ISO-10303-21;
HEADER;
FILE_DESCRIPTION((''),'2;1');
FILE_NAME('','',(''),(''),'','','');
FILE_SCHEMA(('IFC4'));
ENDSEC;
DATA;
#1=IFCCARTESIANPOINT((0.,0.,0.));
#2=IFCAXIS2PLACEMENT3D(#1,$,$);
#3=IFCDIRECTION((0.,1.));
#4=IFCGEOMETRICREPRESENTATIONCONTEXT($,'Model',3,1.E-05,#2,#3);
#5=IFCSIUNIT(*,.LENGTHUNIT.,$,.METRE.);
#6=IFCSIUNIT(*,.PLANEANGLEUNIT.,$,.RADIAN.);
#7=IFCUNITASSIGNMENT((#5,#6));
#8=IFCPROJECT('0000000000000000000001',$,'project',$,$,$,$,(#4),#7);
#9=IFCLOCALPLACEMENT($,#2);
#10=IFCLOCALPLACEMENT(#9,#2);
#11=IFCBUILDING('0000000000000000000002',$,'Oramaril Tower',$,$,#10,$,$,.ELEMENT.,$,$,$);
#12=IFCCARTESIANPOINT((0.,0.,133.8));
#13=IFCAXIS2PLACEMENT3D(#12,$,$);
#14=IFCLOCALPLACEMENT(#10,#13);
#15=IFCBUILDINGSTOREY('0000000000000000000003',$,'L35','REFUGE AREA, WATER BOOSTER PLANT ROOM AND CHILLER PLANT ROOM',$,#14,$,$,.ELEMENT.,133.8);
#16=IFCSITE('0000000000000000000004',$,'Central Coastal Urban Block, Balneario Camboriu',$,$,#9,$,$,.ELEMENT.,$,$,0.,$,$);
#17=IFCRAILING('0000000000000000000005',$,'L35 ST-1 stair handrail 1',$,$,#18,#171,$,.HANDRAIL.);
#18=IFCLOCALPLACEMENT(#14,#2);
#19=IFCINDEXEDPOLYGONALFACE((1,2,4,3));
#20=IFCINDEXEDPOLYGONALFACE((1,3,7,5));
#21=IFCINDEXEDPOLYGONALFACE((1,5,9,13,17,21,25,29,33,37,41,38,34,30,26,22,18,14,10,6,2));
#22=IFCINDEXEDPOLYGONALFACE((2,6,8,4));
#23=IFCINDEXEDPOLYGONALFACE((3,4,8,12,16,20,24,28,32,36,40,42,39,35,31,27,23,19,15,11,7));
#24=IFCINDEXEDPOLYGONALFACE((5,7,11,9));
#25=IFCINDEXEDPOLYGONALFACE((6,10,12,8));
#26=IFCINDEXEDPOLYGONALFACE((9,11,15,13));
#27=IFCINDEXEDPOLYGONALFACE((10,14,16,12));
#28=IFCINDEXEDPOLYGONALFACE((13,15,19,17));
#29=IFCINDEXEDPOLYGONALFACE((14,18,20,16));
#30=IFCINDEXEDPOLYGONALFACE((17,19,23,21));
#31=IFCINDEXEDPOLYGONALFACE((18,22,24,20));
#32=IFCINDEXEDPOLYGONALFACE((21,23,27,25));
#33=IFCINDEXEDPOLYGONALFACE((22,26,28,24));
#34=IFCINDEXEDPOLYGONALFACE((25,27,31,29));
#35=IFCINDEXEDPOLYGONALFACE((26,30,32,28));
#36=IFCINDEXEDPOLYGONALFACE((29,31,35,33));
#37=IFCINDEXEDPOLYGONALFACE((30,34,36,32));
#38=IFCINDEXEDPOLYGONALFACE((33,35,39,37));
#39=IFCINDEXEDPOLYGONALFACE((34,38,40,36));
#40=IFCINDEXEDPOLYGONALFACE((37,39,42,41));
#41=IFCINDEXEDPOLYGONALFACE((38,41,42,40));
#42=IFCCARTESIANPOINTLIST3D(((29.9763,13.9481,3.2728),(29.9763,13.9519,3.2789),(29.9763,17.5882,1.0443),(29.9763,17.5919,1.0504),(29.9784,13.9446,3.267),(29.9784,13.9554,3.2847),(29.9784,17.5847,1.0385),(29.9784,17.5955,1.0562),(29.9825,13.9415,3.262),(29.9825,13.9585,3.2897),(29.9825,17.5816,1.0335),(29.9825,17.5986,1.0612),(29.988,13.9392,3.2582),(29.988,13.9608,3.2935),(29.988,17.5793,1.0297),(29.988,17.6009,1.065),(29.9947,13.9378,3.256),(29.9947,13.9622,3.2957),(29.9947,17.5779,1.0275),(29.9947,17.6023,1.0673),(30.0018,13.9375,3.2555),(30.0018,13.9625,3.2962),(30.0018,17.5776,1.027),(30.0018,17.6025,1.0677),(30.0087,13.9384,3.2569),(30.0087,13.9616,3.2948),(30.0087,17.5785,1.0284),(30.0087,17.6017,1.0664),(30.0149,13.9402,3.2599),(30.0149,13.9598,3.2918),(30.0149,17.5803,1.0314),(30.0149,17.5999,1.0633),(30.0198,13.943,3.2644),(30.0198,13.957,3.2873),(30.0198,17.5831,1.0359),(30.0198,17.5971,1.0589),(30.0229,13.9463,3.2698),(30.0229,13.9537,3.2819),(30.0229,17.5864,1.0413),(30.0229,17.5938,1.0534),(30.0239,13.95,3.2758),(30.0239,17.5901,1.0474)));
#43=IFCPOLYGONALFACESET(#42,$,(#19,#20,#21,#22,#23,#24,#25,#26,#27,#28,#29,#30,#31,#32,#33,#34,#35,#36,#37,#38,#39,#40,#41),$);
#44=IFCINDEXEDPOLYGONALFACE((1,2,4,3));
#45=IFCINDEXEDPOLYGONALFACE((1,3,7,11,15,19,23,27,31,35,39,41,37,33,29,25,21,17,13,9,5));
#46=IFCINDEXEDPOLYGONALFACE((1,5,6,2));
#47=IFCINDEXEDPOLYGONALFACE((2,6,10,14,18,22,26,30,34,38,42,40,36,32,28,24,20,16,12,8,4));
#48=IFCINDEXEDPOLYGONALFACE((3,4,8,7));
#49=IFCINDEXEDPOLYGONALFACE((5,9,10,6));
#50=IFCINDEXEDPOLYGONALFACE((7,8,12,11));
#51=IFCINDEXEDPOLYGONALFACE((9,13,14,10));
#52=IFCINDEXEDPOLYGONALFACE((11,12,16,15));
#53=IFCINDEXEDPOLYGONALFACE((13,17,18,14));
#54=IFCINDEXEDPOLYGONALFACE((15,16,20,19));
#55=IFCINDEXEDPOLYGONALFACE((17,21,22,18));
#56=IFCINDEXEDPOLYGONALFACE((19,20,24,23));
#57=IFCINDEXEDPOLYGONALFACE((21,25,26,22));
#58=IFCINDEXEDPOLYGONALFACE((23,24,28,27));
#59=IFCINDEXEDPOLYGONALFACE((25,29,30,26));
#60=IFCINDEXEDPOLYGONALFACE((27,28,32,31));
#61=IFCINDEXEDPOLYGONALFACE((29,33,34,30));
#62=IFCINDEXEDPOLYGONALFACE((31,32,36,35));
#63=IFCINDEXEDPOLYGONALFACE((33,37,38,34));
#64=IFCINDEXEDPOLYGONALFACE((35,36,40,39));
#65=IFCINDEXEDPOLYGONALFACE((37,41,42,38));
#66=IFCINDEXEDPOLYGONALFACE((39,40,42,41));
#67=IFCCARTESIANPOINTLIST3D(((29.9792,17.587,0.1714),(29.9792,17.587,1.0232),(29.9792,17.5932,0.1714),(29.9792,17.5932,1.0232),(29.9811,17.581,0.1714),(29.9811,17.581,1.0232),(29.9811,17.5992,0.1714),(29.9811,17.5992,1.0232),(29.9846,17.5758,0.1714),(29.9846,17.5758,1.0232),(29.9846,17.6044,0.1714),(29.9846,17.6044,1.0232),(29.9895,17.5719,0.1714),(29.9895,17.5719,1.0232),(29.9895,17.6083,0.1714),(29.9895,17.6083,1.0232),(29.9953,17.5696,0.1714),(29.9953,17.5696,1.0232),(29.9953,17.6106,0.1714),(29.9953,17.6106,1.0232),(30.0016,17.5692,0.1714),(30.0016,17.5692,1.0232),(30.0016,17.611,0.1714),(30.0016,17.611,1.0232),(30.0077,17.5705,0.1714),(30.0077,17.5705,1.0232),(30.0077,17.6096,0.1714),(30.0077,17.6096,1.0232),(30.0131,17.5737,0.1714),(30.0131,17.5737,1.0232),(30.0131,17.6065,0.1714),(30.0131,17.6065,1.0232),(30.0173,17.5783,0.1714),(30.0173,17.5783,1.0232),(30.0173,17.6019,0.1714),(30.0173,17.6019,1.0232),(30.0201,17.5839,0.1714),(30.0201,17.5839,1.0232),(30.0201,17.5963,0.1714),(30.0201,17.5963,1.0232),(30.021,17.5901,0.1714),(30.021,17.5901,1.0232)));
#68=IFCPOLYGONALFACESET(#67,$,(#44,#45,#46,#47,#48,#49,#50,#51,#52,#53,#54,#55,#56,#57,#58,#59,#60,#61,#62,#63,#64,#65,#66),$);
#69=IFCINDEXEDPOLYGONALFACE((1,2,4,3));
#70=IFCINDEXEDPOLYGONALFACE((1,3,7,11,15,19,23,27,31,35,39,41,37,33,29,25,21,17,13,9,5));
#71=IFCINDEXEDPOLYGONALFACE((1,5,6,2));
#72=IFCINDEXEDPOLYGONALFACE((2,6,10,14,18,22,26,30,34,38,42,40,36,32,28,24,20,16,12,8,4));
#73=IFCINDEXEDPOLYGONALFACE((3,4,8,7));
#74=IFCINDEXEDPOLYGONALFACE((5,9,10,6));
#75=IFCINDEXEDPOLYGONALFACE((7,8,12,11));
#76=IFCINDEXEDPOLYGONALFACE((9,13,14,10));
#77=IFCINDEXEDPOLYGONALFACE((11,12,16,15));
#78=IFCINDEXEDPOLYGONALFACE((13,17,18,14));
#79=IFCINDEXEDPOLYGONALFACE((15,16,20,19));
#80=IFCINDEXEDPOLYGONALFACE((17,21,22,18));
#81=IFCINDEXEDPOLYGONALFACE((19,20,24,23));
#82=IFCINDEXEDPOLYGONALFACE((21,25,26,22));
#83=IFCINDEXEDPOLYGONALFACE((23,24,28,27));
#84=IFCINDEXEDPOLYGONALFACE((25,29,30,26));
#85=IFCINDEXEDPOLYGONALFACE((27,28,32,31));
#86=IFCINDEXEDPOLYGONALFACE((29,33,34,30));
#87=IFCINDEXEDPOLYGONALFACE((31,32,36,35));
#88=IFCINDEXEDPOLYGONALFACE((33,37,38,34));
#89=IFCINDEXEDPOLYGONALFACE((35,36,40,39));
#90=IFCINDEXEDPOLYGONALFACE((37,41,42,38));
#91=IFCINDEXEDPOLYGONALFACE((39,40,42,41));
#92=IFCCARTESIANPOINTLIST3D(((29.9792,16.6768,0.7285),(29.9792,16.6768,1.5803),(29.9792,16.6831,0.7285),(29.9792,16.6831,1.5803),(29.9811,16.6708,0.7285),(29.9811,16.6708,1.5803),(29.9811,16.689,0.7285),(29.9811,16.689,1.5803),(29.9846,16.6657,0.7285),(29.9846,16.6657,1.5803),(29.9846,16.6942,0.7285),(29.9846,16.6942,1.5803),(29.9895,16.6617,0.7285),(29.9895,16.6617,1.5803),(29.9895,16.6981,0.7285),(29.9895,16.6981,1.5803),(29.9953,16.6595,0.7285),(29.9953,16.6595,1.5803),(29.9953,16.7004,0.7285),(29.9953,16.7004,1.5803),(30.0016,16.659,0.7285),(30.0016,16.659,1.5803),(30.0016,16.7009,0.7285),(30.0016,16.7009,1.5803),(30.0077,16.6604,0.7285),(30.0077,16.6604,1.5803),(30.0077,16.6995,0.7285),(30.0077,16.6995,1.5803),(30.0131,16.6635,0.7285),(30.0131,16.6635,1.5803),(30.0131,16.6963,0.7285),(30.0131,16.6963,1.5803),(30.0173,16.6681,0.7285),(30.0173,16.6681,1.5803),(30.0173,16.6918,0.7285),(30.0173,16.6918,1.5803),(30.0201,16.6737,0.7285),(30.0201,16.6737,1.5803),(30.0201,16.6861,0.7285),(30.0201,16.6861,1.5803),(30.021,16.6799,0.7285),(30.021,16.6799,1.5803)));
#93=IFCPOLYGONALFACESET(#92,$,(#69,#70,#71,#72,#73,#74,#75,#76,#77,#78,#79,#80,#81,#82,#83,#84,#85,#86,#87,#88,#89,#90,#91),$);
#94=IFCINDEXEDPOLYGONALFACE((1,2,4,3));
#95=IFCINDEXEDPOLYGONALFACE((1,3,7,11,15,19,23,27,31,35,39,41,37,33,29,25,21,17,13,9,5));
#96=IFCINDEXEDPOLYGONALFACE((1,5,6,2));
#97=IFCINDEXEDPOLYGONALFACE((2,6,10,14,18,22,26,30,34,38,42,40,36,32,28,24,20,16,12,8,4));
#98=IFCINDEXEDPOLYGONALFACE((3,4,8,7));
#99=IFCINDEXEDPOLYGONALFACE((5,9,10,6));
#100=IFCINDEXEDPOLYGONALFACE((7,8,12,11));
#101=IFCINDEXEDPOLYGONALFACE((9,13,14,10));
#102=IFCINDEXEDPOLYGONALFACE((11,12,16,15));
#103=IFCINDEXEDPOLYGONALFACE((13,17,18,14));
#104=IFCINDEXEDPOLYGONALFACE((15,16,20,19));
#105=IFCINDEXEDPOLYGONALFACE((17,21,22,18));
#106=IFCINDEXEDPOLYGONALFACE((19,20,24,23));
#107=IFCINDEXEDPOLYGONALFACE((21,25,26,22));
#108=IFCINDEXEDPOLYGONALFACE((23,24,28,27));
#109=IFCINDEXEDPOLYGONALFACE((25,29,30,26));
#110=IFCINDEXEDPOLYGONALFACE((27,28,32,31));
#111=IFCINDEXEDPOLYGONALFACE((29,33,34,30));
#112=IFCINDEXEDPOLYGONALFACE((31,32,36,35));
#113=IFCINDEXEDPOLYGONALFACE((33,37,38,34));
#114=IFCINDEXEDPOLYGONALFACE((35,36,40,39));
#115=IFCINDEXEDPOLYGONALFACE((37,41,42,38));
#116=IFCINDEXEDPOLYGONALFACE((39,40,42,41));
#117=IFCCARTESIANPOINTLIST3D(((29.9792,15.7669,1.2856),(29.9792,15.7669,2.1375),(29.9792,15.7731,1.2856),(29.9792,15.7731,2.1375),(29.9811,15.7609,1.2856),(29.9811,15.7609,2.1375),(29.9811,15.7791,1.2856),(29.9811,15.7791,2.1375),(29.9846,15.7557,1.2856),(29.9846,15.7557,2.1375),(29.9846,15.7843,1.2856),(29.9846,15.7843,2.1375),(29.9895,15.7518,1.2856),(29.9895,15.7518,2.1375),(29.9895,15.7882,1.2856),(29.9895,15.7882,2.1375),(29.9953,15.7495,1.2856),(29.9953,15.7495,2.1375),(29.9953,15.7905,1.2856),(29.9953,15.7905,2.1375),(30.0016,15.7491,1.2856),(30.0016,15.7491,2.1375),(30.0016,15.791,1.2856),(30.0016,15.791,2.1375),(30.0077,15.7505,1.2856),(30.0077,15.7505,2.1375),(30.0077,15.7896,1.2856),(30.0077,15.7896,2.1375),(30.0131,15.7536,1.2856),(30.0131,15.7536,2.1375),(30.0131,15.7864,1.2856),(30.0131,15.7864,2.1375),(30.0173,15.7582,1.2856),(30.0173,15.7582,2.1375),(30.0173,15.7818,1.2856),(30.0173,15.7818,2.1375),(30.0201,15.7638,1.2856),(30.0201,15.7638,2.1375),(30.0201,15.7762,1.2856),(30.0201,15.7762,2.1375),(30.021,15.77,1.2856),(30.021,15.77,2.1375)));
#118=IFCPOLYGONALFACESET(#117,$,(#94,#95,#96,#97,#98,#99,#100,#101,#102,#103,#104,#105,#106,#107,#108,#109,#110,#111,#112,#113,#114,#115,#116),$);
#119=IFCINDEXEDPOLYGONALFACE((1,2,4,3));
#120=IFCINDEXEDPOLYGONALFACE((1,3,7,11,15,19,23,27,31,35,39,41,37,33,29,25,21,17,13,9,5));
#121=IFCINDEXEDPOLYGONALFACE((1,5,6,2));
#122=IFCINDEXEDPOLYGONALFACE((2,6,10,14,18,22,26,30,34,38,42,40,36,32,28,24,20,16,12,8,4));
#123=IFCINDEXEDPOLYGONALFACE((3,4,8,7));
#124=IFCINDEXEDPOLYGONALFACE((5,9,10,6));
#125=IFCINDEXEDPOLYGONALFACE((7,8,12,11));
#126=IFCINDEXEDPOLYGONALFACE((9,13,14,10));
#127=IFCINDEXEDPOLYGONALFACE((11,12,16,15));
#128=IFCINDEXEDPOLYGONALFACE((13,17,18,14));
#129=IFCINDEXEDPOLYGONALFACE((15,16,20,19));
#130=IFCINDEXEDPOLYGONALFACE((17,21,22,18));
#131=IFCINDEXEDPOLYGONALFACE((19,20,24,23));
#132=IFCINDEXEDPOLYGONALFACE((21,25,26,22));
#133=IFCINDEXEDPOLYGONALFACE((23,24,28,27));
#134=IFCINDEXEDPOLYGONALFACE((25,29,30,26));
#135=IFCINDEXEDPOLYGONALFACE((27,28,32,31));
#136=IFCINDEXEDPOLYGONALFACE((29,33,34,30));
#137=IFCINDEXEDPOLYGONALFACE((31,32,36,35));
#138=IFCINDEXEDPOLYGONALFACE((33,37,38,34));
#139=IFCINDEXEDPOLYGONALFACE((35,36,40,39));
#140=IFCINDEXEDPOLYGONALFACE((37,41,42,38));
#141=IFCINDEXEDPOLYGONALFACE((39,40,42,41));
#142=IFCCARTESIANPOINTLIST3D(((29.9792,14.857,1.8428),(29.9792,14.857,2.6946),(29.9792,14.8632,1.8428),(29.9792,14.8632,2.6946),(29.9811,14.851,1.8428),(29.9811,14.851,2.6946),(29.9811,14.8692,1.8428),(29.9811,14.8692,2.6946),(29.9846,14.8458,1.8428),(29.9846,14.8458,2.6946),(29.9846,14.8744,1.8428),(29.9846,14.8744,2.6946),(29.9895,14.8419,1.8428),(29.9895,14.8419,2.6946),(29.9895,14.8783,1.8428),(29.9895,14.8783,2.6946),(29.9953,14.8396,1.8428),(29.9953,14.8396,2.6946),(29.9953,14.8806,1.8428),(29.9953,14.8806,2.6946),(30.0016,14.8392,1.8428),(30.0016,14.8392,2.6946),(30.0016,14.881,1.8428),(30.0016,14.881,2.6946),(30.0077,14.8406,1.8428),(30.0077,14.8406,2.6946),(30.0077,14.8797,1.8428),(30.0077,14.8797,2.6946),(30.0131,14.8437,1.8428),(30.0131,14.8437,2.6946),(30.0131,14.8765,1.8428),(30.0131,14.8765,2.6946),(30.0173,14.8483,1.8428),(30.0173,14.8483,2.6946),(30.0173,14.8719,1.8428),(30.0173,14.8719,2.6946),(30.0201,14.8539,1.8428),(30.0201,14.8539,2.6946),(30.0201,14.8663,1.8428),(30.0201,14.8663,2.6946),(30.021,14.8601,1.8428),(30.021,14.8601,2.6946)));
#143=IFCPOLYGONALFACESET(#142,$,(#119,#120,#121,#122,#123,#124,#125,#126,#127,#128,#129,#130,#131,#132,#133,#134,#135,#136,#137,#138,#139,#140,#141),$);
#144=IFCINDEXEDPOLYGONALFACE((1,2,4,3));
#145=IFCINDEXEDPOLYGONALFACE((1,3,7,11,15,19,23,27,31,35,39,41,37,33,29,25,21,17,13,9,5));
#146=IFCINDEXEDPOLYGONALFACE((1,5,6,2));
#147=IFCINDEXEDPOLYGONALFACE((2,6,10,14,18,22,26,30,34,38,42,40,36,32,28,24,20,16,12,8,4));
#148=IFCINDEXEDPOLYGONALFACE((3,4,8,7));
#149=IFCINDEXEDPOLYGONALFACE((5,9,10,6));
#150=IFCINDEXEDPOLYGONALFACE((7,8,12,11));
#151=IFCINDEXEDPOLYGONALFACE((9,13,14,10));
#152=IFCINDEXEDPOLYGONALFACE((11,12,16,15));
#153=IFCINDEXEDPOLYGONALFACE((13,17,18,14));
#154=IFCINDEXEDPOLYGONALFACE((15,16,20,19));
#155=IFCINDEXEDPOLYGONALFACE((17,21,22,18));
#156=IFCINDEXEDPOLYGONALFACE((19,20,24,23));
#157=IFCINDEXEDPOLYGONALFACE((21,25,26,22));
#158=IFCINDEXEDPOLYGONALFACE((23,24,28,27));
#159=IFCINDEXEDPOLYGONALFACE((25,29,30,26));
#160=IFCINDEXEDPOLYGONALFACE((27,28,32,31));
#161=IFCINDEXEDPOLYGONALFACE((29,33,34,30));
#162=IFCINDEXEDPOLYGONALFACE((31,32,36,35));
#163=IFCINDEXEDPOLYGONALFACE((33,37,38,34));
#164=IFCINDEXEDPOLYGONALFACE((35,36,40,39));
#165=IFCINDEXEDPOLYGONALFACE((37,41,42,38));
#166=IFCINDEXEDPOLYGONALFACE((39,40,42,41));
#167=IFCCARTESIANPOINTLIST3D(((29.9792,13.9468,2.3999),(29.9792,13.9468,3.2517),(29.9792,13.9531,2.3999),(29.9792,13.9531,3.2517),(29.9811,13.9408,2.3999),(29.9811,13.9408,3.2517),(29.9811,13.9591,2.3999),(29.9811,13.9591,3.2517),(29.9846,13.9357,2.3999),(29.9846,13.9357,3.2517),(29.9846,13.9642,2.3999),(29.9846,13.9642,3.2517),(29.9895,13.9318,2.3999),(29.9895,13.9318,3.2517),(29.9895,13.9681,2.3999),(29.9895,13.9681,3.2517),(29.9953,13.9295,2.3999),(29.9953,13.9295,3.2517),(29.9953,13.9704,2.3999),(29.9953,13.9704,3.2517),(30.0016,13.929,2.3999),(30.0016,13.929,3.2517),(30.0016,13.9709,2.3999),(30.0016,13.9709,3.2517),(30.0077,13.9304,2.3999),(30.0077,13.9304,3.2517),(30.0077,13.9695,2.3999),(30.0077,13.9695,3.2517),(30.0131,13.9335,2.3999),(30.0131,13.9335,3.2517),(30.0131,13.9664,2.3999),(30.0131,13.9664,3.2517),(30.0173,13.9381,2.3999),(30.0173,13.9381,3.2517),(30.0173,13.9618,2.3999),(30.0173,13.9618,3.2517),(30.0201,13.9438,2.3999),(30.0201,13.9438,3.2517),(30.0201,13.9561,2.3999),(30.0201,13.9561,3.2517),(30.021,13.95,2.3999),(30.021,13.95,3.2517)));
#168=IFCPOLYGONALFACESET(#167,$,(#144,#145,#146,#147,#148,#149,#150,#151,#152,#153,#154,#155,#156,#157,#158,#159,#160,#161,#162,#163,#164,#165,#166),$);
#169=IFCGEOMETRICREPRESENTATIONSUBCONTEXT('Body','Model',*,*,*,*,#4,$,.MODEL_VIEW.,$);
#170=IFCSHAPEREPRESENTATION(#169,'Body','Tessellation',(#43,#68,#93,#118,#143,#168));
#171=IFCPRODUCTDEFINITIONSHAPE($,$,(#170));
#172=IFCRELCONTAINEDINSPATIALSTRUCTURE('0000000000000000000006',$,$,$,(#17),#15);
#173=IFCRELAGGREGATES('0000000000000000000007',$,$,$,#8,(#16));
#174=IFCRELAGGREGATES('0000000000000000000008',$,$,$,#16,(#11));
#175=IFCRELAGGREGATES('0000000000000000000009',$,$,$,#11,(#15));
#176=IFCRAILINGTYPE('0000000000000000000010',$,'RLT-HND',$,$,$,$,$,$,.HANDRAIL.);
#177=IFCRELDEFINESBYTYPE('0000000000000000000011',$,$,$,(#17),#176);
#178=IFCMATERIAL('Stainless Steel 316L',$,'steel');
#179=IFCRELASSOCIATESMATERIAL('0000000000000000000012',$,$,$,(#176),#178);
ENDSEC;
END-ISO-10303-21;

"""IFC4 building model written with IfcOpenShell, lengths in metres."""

from ifc_helpers import new_model, si_unit, direction, frame, origin, origin_2d, place, context, subcontext, project, spatial, circle, extrude, material, type_object, element, save


model = new_model("IFC4")

# Units and contexts
model_context = context("Model", 3, precision=1e-05, world=origin(), true_north=direction((0.0, 1.0)))
body_context = subcontext(model_context, "Body", "Model", "MODEL_VIEW")
ifc_project = project(units=[si_unit("LENGTHUNIT", "METRE"), si_unit("PLANEANGLEUNIT", "RADIAN")], contexts=[model_context])

# Site, building, storey
site_placement = place(None, origin())
site = spatial("IfcSite", under=ifc_project, at=site_placement, Name="Central Coastal Urban Block, Balneario Camboriu", CompositionType="ELEMENT", RefElevation=0.0)
building_placement = place(site_placement, origin())
building = spatial("IfcBuilding", under=site, at=building_placement, Name="Oramaril Tower", CompositionType="ELEMENT")
storey_placement = place(building_placement, frame((0.0, 0.0, 133.8)))
storey = spatial("IfcBuildingStorey", under=building, at=storey_placement, Name="L35", Description="REFUGE AREA, WATER BOOSTER PLANT ROOM AND CHILLER PLANT ROOM", CompositionType="ELEMENT", Elevation=133.8)

# Railing
ifc_material_1 = material(Name="Stainless Steel 316L", Category="steel")
railing_type_1 = type_object("IfcRailingType", Name="RLT-HND", PredefinedType="HANDRAIL", material=ifc_material_1)
railing_1_placement = place(storey_placement, frame((30.0, 17.5901, 0.1714)))
element("IfcRailing", 1, at=railing_1_placement, inside=storey, type_object=railing_type_1, Name="L35 ST-1 stair handrail 1", PredefinedType="HANDRAIL", context=body_context, shape_type="SweptSolid", body=[
    extrude(circle(Radius=0.0239, at=origin_2d()), frame((0.0, 0.0, 0.876), z_axis=(0.0, -0.852866, 0.52213), x_axis=(1.0, 0.0, 0.0)), (0.0, 0.0, 1.0), 4.2681),
    extrude(circle(Radius=0.021, at=origin_2d()), origin(), (0.0, 0.0, 1.0), 0.8518),
    extrude(circle(Radius=0.021, at=origin_2d()), frame((0.0, -0.9102, 0.5571)), (0.0, 0.0, 1.0), 0.8518),
    extrude(circle(Radius=0.021, at=origin_2d()), frame((0.0, -1.8201, 1.1143)), (0.0, 0.0, 1.0), 0.8518),
    extrude(circle(Radius=0.021, at=origin_2d()), frame((0.0, -2.73, 1.6714)), (0.0, 0.0, 1.0), 0.8518),
    extrude(circle(Radius=0.021, at=origin_2d()), frame((0.0, -3.6401, 2.2285)), (0.0, 0.0, 1.0), 0.8518),
])

save(model, "model.ifc")
